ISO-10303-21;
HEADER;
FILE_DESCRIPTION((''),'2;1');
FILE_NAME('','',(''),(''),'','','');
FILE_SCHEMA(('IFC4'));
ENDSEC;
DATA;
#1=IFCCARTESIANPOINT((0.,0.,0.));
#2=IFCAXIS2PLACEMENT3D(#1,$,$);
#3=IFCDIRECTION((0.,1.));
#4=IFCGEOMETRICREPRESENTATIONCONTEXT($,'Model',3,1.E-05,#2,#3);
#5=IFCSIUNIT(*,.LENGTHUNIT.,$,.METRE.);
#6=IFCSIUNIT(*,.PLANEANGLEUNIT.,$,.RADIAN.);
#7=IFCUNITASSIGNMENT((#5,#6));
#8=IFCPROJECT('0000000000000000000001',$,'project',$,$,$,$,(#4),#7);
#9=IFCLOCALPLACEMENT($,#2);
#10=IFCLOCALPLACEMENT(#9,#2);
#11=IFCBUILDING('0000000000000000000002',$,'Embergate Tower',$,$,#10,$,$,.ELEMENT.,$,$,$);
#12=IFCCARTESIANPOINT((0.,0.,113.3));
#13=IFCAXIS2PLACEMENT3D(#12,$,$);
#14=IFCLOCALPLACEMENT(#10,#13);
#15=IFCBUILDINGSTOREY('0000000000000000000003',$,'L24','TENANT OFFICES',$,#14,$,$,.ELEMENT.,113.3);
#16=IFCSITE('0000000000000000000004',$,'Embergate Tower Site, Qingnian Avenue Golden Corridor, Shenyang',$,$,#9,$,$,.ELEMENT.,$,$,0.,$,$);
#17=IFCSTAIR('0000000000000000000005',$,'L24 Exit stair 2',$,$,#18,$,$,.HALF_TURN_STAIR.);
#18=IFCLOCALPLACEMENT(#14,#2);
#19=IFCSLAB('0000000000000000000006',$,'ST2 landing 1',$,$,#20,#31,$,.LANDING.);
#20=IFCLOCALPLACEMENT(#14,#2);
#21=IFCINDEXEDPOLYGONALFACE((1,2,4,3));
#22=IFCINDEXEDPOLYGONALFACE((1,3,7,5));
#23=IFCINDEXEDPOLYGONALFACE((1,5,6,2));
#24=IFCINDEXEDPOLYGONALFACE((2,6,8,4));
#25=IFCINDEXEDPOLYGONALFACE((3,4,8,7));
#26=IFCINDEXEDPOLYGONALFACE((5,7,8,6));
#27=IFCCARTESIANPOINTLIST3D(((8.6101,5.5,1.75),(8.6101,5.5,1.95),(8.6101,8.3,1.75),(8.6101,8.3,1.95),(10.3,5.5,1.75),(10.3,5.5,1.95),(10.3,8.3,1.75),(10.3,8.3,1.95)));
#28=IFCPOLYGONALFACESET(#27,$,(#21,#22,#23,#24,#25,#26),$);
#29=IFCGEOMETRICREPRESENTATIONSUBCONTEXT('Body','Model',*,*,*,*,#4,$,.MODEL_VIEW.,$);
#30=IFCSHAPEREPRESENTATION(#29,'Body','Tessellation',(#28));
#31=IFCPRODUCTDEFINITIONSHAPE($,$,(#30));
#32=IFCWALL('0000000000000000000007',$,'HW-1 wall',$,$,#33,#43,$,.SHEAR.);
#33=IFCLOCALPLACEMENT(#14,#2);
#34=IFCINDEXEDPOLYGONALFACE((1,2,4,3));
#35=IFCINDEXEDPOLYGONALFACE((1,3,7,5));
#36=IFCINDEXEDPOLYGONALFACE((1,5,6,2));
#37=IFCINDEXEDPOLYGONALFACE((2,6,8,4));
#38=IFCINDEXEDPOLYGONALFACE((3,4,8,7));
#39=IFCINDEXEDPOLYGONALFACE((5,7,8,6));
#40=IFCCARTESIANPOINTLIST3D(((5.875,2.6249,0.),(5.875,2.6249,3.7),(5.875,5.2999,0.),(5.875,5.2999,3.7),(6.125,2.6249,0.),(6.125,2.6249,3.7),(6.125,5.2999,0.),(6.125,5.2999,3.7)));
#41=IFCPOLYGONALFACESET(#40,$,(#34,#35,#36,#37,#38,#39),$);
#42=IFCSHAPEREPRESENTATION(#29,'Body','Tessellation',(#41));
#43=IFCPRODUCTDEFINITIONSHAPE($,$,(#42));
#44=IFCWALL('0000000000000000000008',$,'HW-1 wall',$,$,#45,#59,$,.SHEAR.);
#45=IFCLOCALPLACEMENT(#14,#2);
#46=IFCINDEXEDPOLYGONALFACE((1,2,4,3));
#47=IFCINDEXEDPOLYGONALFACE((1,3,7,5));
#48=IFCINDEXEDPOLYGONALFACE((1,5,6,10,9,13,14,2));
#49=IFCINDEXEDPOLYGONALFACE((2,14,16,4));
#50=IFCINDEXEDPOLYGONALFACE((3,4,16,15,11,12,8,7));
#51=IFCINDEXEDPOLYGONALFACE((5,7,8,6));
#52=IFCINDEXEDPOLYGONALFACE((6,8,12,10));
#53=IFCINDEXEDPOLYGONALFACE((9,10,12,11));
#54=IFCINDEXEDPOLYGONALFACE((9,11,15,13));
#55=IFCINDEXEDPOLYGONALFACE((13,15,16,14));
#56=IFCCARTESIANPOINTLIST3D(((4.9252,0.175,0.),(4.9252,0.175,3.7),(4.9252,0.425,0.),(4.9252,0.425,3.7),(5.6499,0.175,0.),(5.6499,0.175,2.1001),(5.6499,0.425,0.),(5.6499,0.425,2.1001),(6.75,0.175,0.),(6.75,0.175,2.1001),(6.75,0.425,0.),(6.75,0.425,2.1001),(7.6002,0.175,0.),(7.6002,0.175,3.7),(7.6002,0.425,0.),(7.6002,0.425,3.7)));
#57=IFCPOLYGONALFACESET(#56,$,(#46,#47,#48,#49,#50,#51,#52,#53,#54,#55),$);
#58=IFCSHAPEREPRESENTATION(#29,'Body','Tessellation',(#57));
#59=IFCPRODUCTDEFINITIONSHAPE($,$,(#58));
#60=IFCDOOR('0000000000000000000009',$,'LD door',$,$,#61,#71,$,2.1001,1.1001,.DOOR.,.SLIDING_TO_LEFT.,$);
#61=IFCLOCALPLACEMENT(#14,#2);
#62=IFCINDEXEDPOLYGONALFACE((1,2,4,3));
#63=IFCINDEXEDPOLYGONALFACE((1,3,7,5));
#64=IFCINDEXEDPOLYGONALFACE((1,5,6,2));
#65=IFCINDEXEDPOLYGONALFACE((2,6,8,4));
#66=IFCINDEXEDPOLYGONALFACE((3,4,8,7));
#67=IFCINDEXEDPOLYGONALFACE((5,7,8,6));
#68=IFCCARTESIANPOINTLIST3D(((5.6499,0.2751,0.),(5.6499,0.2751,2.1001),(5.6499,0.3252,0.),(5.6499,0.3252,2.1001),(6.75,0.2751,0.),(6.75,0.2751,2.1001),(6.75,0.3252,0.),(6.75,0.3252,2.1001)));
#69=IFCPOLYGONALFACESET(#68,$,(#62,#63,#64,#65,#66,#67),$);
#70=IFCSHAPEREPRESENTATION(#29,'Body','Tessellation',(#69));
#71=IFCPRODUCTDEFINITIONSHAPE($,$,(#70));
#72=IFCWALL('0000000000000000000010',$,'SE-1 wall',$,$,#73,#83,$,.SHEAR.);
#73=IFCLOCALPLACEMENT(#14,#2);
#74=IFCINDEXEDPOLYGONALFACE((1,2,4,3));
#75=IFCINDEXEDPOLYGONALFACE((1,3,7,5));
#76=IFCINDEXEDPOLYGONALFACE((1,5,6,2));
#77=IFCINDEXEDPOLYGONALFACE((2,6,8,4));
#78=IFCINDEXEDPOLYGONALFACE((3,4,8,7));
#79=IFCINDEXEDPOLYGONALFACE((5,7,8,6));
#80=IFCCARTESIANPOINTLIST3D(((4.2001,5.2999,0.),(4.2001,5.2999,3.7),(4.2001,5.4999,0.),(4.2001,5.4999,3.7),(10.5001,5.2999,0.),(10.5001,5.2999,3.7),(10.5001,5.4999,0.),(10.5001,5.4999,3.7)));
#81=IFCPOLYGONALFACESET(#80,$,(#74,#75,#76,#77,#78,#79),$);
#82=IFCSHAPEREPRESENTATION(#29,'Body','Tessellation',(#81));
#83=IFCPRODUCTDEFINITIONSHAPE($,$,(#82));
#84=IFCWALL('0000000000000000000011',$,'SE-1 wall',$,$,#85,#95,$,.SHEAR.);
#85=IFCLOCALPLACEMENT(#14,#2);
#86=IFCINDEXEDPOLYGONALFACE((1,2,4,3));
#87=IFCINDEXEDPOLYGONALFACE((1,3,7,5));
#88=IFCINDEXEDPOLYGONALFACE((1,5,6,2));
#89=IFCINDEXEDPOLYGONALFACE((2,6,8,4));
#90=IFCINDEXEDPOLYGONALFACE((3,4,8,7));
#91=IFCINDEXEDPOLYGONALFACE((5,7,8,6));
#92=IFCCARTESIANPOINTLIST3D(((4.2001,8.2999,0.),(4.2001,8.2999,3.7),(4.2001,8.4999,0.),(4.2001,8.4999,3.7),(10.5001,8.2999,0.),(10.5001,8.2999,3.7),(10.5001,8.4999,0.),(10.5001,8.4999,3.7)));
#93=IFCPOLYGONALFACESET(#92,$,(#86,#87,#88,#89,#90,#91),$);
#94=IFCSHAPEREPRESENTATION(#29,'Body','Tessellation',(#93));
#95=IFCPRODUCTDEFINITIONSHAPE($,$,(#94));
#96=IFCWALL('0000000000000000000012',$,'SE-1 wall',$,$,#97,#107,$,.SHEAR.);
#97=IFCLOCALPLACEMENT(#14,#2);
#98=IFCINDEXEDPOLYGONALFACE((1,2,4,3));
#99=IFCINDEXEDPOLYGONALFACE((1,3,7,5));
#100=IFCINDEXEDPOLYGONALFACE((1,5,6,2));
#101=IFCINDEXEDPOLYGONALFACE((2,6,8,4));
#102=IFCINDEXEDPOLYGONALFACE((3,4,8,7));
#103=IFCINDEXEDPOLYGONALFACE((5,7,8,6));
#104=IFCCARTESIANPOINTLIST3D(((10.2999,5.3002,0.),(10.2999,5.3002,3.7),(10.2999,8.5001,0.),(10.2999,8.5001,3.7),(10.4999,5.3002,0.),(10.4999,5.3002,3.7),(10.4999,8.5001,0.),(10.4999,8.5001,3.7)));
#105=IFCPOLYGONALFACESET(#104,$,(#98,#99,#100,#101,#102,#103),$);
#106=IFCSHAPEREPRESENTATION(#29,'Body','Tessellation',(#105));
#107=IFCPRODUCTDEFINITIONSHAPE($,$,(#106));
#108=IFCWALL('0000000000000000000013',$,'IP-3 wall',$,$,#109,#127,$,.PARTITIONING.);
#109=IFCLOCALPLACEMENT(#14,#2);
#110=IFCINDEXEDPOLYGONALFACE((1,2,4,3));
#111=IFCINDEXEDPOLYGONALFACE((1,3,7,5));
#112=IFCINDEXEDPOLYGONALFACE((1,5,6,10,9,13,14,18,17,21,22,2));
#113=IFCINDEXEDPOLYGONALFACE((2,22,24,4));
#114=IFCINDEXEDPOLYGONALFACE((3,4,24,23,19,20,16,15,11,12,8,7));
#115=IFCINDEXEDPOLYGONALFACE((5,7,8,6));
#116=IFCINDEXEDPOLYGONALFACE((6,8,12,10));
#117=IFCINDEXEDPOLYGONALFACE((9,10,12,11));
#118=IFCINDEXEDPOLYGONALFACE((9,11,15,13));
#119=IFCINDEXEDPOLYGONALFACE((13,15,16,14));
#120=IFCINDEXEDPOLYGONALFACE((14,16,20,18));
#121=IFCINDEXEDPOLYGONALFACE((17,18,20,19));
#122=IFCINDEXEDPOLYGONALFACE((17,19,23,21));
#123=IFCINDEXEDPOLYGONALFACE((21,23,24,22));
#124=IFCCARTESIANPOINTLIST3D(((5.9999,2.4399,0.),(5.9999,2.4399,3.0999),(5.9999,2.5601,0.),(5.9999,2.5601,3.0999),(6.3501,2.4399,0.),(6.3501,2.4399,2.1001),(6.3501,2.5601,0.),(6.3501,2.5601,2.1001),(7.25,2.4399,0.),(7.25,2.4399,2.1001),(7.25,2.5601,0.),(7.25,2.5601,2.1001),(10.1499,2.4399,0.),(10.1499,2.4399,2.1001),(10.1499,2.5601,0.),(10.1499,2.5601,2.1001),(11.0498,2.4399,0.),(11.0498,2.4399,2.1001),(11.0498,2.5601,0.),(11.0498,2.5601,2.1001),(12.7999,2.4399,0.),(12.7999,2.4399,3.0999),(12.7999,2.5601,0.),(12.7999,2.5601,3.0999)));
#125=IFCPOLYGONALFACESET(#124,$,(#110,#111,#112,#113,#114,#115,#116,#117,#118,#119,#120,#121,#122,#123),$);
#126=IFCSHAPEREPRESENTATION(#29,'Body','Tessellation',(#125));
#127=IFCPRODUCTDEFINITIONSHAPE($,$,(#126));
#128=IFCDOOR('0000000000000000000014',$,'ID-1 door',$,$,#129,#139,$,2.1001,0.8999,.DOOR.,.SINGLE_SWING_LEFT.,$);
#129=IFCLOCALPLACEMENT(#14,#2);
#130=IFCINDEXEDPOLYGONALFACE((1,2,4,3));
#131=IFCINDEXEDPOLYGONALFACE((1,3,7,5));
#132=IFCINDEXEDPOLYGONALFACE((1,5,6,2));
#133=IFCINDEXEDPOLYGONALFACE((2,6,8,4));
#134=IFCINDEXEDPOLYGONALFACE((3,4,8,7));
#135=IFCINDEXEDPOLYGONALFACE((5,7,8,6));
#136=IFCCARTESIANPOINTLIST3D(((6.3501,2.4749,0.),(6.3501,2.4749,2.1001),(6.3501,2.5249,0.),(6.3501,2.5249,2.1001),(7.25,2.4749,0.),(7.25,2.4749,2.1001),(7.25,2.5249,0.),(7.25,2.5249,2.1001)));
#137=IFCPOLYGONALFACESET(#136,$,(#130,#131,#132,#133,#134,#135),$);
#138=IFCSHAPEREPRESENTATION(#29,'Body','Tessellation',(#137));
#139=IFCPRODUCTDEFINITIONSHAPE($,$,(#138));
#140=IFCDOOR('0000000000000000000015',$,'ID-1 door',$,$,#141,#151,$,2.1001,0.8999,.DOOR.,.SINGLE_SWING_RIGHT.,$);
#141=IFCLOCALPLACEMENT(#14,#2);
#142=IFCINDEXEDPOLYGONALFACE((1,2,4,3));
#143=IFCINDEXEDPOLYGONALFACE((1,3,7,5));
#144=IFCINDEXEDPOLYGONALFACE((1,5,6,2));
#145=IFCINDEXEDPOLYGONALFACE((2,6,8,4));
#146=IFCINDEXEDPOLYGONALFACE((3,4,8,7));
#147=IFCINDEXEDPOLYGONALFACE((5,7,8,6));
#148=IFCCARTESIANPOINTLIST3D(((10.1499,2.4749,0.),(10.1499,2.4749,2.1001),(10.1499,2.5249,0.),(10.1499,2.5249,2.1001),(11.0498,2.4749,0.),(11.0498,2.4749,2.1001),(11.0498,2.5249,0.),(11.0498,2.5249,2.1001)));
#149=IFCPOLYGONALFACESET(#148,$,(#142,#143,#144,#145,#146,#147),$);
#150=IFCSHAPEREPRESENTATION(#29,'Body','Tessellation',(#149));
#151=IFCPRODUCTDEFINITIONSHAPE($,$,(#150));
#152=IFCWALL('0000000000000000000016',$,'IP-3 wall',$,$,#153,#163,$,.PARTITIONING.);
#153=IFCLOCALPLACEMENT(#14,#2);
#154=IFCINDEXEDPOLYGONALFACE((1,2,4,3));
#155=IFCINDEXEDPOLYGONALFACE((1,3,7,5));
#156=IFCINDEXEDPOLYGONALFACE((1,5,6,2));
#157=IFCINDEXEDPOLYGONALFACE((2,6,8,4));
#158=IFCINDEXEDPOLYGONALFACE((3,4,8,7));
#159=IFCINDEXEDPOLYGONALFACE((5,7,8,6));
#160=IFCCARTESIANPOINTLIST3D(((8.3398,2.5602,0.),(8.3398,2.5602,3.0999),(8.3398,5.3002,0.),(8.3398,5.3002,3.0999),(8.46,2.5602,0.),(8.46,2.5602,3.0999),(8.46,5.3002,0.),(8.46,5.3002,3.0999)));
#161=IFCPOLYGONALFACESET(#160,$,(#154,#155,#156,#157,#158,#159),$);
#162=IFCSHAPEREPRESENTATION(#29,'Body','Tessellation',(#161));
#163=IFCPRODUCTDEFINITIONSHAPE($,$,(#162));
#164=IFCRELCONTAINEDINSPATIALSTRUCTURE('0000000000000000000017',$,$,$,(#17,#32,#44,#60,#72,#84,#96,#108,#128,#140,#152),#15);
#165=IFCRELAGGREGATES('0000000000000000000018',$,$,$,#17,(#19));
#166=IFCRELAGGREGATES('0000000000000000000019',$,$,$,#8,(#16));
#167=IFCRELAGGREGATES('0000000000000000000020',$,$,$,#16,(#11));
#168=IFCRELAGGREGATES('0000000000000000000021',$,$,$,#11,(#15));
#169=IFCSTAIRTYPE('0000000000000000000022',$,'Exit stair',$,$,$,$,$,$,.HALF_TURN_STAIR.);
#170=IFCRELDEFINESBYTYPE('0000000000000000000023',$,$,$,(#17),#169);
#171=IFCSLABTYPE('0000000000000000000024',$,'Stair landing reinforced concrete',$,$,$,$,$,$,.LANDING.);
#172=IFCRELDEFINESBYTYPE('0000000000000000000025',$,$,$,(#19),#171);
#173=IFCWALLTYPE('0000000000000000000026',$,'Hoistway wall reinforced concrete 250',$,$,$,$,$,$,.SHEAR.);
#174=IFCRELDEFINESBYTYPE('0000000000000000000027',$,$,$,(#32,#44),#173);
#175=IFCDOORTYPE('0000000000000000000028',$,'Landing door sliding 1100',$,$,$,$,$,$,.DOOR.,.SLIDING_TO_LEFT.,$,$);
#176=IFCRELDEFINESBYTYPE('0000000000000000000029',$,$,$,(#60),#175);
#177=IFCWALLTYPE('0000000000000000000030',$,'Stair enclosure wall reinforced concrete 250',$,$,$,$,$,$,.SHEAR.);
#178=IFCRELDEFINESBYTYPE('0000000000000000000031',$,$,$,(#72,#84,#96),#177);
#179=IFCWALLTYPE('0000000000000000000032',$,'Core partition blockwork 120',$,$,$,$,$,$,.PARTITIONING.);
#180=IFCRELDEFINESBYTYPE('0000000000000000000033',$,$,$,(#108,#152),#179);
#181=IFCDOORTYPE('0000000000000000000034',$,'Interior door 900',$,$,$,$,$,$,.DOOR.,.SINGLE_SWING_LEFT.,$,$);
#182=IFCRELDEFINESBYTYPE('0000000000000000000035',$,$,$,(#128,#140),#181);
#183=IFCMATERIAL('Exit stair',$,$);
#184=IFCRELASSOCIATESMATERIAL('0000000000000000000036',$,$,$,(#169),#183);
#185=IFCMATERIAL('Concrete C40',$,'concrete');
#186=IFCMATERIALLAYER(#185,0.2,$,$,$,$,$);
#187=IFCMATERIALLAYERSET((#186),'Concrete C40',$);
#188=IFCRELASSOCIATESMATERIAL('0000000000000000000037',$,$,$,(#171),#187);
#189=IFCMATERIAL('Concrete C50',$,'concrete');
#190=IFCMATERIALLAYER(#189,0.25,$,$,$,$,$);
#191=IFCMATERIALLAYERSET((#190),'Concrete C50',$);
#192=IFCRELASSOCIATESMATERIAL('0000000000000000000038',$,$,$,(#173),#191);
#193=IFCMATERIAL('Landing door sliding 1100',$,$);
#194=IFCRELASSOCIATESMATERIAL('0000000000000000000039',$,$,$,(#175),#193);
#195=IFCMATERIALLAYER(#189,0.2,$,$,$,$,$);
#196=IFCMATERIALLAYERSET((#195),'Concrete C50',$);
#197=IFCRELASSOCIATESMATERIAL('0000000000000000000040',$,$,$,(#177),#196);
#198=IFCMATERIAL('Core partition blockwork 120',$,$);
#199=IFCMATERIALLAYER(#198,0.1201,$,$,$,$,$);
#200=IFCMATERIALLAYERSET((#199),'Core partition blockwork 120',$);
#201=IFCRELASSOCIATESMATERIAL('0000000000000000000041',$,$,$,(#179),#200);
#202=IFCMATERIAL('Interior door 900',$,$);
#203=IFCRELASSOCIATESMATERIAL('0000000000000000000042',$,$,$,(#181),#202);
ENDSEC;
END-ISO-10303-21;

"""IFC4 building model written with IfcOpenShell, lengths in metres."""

from ifc_helpers import new_model, si_unit, direction, frame, frame_2d, origin, place, context, subcontext, project, spatial, polyline, rectangle, outline, extrude, source, transform, mapped, material, layer, layer_set, type_object, element, fill, aggregate, save


model = new_model("IFC4")

# Units and contexts
model_context = context("Model", 3, precision=1e-05, world=origin(), true_north=direction((0.0, 1.0)))
body_context = subcontext(model_context, "Body", "Model", "MODEL_VIEW")
ifc_project = project(units=[si_unit("LENGTHUNIT", "METRE"), si_unit("PLANEANGLEUNIT", "RADIAN")], contexts=[model_context])

# Site, building, storey
site_placement = place(None, origin())
site = spatial("IfcSite", under=ifc_project, at=site_placement, Name="Embergate Tower Site, Qingnian Avenue Golden Corridor, Shenyang", CompositionType="ELEMENT", RefElevation=0.0)
building_placement = place(site_placement, origin())
building = spatial("IfcBuilding", under=site, at=building_placement, Name="Embergate Tower", CompositionType="ELEMENT")
storey_placement = place(building_placement, frame((0.0, 0.0, 113.3)))
storey = spatial("IfcBuildingStorey", under=building, at=storey_placement, Name="L24", Description="TENANT OFFICES", CompositionType="ELEMENT", Elevation=113.3)

# Stair, slab
ifc_material_1 = material(Name="Exit stair")
stair_type = type_object("IfcStairType", Name="Exit stair", PredefinedType="HALF_TURN_STAIR", material=ifc_material_1)
stair_placement = place(storey_placement, origin())
stair = element("IfcStair", 1, at=stair_placement, inside=storey, type_object=stair_type, Name="L24 Exit stair 2", PredefinedType="HALF_TURN_STAIR")
ifc_material_2 = material(Name="Concrete C40", Category="concrete")
ifc_layer_1 = layer(ifc_material_2, 0.2)
ifc_layer_set_1 = layer_set([ifc_layer_1], Name="Concrete C40")
slab_type = type_object("IfcSlabType", Name="Stair landing reinforced concrete", PredefinedType="LANDING", material=ifc_layer_set_1)
shared_shape_1 = source(origin(), body_context, "Body", "SweptSolid", [
    extrude(outline(polyline([(0.0, 0.0), (1.6899, 0.0), (1.6899, 2.8), (0.0, 2.8), (0.0, 0.0)])), origin(), (0.0, 0.0, 1.0), 0.2),
])
slab_placement = place(storey_placement, frame((8.6101, 5.5, 1.75)))
slab = element("IfcSlab", 2, at=slab_placement, type_object=slab_type, Name="ST2 landing 1", PredefinedType="LANDING", context=body_context, shape_type="MappedRepresentation", body=[
    mapped(shared_shape_1, transform((0.0, 0.0, 0.0))),
])

# Wall
ifc_material_3 = material(Name="Concrete C50", Category="concrete")
ifc_layer_2 = layer(ifc_material_3, 0.25)
ifc_layer_set_2 = layer_set([ifc_layer_2], Name="Concrete C50")
wall_type_1 = type_object("IfcWallType", Name="Hoistway wall reinforced concrete 250", PredefinedType="SHEAR", material=ifc_layer_set_2)
shared_shape_2 = source(origin(), body_context, "Body", "SweptSolid", [
    extrude(rectangle(XDim=2.675, YDim=0.25, at=frame_2d((1.3374, 0.0))), origin(), (0.0, 0.0, 1.0), 3.7),
])
wall_1_placement = place(storey_placement, frame((6.0, 2.625, 0.0), z_axis=(0.0, 0.0, 1.0), x_axis=(0.0, 1.0, 0.0)))
element("IfcWall", 3, at=wall_1_placement, inside=storey, type_object=wall_type_1, Name="HW-1 wall", PredefinedType="SHEAR", context=body_context, shape_type="MappedRepresentation", body=[
    mapped(shared_shape_2, transform((0.0, 0.0, 0.0))),
])

# Wall, opening, door
wall_2_placement = place(storey_placement, frame((7.6001, 0.3, 0.0), z_axis=(0.0, 0.0, 1.0), x_axis=(-1.0, 0.0, 0.0)))
wall_2 = element("IfcWall", 4, at=wall_2_placement, inside=storey, type_object=wall_type_1, Name="HW-1 wall", PredefinedType="SHEAR", context=body_context, shape_type="MappedRepresentation", body=[
    mapped(shared_shape_2, transform((0.0, 0.0, 0.0))),
])
shared_shape_3 = source(origin(), body_context, "Body", "SweptSolid", [
    extrude(rectangle(XDim=1.1001, YDim=2.1001, at=frame_2d((0.55, 1.05))), frame((0.0, 0.135, 0.0), z_axis=(0.0, -1.0, 0.0), x_axis=(1.0, 0.0, 0.0)), (0.0, 0.0, 1.0), 0.27),
])
opening_1_placement = place(wall_2_placement, frame((0.8501, 0.0, 0.0)))
opening_1 = element("IfcOpeningElement", 5, at=opening_1_placement, cuts=wall_2, PredefinedType="OPENING", context=body_context, shape_type="MappedRepresentation", body=[
    mapped(shared_shape_3, transform((0.0, 0.0, 0.0))),
])
ifc_material_4 = material(Name="Landing door sliding 1100")
door_type_1 = type_object("IfcDoorType", Name="Landing door sliding 1100", OperationType="SLIDING_TO_LEFT", PredefinedType="DOOR", material=ifc_material_4)
shared_shape_4 = source(origin(), body_context, "Body", "SweptSolid", [
    extrude(rectangle(XDim=1.1001, YDim=2.1001, at=frame_2d((0.55, 1.05))), frame((0.0, 0.0249, 0.0), z_axis=(0.0, -1.0, 0.0), x_axis=(1.0, 0.0, 0.0)), (0.0, 0.0, 1.0), 0.05),
])
door_1_placement = place(opening_1_placement, origin())
door_1 = element("IfcDoor", 6, at=door_1_placement, inside=storey, type_object=door_type_1, Name="LD door", OperationType="SLIDING_TO_LEFT", OverallHeight=2.1001, OverallWidth=1.1001, PredefinedType="DOOR", context=body_context, shape_type="MappedRepresentation", body=[
    mapped(shared_shape_4, transform((0.0, 0.0, 0.0))),
])
fill(opening_1, door_1)

# Walls
ifc_layer_3 = layer(ifc_material_3, 0.2)
ifc_layer_set_3 = layer_set([ifc_layer_3], Name="Concrete C50")
wall_type_2 = type_object("IfcWallType", Name="Stair enclosure wall reinforced concrete 250", PredefinedType="SHEAR", material=ifc_layer_set_3)
shared_shape_5 = source(origin(), body_context, "Body", "SweptSolid", [
    extrude(rectangle(XDim=6.3, YDim=0.2, at=frame_2d((3.1499, 0.0))), origin(), (0.0, 0.0, 1.0), 3.7),
])
for number, where, z_axis, x_axis, name in (
    (7, (10.5, 5.3999, 0.0), (0.0, 0.0, 1.0), (-1.0, 0.0, 0.0), "SE-1 wall"),
    (8, (10.5, 8.3999, 0.0), (0.0, 0.0, 1.0), (-1.0, 0.0, 0.0), "SE-1 wall"),
):
    element("IfcWall", number, at=place(storey_placement, frame(where, z_axis=z_axis, x_axis=x_axis)), inside=storey, type_object=wall_type_2, Name=name, PredefinedType="SHEAR", context=body_context, shape_type="MappedRepresentation", body=[
        mapped(shared_shape_5, transform((0.0, 0.0, 0.0))),
    ])
shared_shape_6 = source(origin(), body_context, "Body", "SweptSolid", [
    extrude(rectangle(XDim=3.2, YDim=0.2, at=frame_2d((1.6001, 0.0))), origin(), (0.0, 0.0, 1.0), 3.7),
])
wall_3_placement = place(storey_placement, frame((10.3999, 5.3, 0.0), z_axis=(0.0, 0.0, 1.0), x_axis=(0.0, 1.0, 0.0)))
element("IfcWall", 9, at=wall_3_placement, inside=storey, type_object=wall_type_2, Name="SE-1 wall", PredefinedType="SHEAR", context=body_context, shape_type="MappedRepresentation", body=[
    mapped(shared_shape_6, transform((0.0, 0.0, 0.0))),
])

# Wall, openings, doors
ifc_material_5 = material(Name="Core partition blockwork 120")
ifc_layer_4 = layer(ifc_material_5, 0.1201)
ifc_layer_set_4 = layer_set([ifc_layer_4], Name="Core partition blockwork 120")
wall_type_3 = type_object("IfcWallType", Name="Core partition blockwork 120", PredefinedType="PARTITIONING", material=ifc_layer_set_4)
shared_shape_7 = source(origin(), body_context, "Body", "SweptSolid", [
    extrude(rectangle(XDim=6.8, YDim=0.1201, at=frame_2d((3.3999, 0.0))), origin(), (0.0, 0.0, 1.0), 3.0999),
])
wall_4_placement = place(storey_placement, frame((6.0, 2.5, 0.0), z_axis=(0.0, 0.0, 1.0), x_axis=(1.0, 0.0, 0.0)))
wall_4 = element("IfcWall", 10, at=wall_4_placement, inside=storey, type_object=wall_type_3, Name="IP-3 wall", PredefinedType="PARTITIONING", context=body_context, shape_type="MappedRepresentation", body=[
    mapped(shared_shape_7, transform((0.0, 0.0, 0.0))),
])
shared_shape_8 = source(origin(), body_context, "Body", "SweptSolid", [
    extrude(rectangle(XDim=0.8999, YDim=2.1001, at=frame_2d((0.45, 1.05))), frame((0.0, 0.0701, 0.0), z_axis=(0.0, -1.0, 0.0), x_axis=(1.0, 0.0, 0.0)), (0.0, 0.0, 1.0), 0.1401),
])
opening_2_placement = place(wall_4_placement, frame((0.3501, 0.0, 0.0)))
opening_2 = element("IfcOpeningElement", 11, at=opening_2_placement, cuts=wall_4, PredefinedType="OPENING", context=body_context, shape_type="MappedRepresentation", body=[
    mapped(shared_shape_8, transform((0.0, 0.0, 0.0))),
])
opening_3_placement = place(wall_4_placement, frame((4.1499, 0.0, 0.0)))
opening_3 = element("IfcOpeningElement", 12, at=opening_3_placement, cuts=wall_4, PredefinedType="OPENING", context=body_context, shape_type="MappedRepresentation", body=[
    mapped(shared_shape_8, transform((0.0, 0.0, 0.0))),
])
ifc_material_6 = material(Name="Interior door 900")
door_type_2 = type_object("IfcDoorType", Name="Interior door 900", OperationType="SINGLE_SWING_LEFT", PredefinedType="DOOR", material=ifc_material_6)
shared_shape_9 = source(origin(), body_context, "Body", "SweptSolid", [
    extrude(rectangle(XDim=0.8999, YDim=2.1001, at=frame_2d((0.45, 1.05))), frame((0.0, 0.0249, 0.0), z_axis=(0.0, -1.0, 0.0), x_axis=(1.0, 0.0, 0.0)), (0.0, 0.0, 1.0), 0.05),
])
door_2_placement = place(opening_2_placement, origin())
door_2 = element("IfcDoor", 13, at=door_2_placement, inside=storey, type_object=door_type_2, Name="ID-1 door", OperationType="SINGLE_SWING_LEFT", OverallHeight=2.1001, OverallWidth=0.8999, PredefinedType="DOOR", context=body_context, shape_type="MappedRepresentation", body=[
    mapped(shared_shape_9, transform((0.0, 0.0, 0.0))),
])
fill(opening_2, door_2)
door_3_placement = place(opening_3_placement, origin())
door_3 = element("IfcDoor", 14, at=door_3_placement, inside=storey, type_object=door_type_2, Name="ID-1 door", OperationType="SINGLE_SWING_RIGHT", OverallHeight=2.1001, OverallWidth=0.8999, PredefinedType="DOOR", context=body_context, shape_type="MappedRepresentation", body=[
    mapped(shared_shape_9, transform((0.0, 0.0, 0.0))),
])
fill(opening_3, door_3)

# Wall
shared_shape_10 = source(origin(), body_context, "Body", "SweptSolid", [
    extrude(rectangle(XDim=2.74, YDim=0.1201, at=frame_2d((1.3701, 0.0))), origin(), (0.0, 0.0, 1.0), 3.0999),
])
wall_5_placement = place(storey_placement, frame((8.3999, 2.5601, 0.0), z_axis=(0.0, 0.0, 1.0), x_axis=(0.0, 1.0, 0.0)))
element("IfcWall", 15, at=wall_5_placement, inside=storey, type_object=wall_type_3, Name="IP-3 wall", PredefinedType="PARTITIONING", context=body_context, shape_type="MappedRepresentation", body=[
    mapped(shared_shape_10, transform((0.0, 0.0, 0.0))),
])

aggregate(stair, [slab])

save(model, "model.ifc")
